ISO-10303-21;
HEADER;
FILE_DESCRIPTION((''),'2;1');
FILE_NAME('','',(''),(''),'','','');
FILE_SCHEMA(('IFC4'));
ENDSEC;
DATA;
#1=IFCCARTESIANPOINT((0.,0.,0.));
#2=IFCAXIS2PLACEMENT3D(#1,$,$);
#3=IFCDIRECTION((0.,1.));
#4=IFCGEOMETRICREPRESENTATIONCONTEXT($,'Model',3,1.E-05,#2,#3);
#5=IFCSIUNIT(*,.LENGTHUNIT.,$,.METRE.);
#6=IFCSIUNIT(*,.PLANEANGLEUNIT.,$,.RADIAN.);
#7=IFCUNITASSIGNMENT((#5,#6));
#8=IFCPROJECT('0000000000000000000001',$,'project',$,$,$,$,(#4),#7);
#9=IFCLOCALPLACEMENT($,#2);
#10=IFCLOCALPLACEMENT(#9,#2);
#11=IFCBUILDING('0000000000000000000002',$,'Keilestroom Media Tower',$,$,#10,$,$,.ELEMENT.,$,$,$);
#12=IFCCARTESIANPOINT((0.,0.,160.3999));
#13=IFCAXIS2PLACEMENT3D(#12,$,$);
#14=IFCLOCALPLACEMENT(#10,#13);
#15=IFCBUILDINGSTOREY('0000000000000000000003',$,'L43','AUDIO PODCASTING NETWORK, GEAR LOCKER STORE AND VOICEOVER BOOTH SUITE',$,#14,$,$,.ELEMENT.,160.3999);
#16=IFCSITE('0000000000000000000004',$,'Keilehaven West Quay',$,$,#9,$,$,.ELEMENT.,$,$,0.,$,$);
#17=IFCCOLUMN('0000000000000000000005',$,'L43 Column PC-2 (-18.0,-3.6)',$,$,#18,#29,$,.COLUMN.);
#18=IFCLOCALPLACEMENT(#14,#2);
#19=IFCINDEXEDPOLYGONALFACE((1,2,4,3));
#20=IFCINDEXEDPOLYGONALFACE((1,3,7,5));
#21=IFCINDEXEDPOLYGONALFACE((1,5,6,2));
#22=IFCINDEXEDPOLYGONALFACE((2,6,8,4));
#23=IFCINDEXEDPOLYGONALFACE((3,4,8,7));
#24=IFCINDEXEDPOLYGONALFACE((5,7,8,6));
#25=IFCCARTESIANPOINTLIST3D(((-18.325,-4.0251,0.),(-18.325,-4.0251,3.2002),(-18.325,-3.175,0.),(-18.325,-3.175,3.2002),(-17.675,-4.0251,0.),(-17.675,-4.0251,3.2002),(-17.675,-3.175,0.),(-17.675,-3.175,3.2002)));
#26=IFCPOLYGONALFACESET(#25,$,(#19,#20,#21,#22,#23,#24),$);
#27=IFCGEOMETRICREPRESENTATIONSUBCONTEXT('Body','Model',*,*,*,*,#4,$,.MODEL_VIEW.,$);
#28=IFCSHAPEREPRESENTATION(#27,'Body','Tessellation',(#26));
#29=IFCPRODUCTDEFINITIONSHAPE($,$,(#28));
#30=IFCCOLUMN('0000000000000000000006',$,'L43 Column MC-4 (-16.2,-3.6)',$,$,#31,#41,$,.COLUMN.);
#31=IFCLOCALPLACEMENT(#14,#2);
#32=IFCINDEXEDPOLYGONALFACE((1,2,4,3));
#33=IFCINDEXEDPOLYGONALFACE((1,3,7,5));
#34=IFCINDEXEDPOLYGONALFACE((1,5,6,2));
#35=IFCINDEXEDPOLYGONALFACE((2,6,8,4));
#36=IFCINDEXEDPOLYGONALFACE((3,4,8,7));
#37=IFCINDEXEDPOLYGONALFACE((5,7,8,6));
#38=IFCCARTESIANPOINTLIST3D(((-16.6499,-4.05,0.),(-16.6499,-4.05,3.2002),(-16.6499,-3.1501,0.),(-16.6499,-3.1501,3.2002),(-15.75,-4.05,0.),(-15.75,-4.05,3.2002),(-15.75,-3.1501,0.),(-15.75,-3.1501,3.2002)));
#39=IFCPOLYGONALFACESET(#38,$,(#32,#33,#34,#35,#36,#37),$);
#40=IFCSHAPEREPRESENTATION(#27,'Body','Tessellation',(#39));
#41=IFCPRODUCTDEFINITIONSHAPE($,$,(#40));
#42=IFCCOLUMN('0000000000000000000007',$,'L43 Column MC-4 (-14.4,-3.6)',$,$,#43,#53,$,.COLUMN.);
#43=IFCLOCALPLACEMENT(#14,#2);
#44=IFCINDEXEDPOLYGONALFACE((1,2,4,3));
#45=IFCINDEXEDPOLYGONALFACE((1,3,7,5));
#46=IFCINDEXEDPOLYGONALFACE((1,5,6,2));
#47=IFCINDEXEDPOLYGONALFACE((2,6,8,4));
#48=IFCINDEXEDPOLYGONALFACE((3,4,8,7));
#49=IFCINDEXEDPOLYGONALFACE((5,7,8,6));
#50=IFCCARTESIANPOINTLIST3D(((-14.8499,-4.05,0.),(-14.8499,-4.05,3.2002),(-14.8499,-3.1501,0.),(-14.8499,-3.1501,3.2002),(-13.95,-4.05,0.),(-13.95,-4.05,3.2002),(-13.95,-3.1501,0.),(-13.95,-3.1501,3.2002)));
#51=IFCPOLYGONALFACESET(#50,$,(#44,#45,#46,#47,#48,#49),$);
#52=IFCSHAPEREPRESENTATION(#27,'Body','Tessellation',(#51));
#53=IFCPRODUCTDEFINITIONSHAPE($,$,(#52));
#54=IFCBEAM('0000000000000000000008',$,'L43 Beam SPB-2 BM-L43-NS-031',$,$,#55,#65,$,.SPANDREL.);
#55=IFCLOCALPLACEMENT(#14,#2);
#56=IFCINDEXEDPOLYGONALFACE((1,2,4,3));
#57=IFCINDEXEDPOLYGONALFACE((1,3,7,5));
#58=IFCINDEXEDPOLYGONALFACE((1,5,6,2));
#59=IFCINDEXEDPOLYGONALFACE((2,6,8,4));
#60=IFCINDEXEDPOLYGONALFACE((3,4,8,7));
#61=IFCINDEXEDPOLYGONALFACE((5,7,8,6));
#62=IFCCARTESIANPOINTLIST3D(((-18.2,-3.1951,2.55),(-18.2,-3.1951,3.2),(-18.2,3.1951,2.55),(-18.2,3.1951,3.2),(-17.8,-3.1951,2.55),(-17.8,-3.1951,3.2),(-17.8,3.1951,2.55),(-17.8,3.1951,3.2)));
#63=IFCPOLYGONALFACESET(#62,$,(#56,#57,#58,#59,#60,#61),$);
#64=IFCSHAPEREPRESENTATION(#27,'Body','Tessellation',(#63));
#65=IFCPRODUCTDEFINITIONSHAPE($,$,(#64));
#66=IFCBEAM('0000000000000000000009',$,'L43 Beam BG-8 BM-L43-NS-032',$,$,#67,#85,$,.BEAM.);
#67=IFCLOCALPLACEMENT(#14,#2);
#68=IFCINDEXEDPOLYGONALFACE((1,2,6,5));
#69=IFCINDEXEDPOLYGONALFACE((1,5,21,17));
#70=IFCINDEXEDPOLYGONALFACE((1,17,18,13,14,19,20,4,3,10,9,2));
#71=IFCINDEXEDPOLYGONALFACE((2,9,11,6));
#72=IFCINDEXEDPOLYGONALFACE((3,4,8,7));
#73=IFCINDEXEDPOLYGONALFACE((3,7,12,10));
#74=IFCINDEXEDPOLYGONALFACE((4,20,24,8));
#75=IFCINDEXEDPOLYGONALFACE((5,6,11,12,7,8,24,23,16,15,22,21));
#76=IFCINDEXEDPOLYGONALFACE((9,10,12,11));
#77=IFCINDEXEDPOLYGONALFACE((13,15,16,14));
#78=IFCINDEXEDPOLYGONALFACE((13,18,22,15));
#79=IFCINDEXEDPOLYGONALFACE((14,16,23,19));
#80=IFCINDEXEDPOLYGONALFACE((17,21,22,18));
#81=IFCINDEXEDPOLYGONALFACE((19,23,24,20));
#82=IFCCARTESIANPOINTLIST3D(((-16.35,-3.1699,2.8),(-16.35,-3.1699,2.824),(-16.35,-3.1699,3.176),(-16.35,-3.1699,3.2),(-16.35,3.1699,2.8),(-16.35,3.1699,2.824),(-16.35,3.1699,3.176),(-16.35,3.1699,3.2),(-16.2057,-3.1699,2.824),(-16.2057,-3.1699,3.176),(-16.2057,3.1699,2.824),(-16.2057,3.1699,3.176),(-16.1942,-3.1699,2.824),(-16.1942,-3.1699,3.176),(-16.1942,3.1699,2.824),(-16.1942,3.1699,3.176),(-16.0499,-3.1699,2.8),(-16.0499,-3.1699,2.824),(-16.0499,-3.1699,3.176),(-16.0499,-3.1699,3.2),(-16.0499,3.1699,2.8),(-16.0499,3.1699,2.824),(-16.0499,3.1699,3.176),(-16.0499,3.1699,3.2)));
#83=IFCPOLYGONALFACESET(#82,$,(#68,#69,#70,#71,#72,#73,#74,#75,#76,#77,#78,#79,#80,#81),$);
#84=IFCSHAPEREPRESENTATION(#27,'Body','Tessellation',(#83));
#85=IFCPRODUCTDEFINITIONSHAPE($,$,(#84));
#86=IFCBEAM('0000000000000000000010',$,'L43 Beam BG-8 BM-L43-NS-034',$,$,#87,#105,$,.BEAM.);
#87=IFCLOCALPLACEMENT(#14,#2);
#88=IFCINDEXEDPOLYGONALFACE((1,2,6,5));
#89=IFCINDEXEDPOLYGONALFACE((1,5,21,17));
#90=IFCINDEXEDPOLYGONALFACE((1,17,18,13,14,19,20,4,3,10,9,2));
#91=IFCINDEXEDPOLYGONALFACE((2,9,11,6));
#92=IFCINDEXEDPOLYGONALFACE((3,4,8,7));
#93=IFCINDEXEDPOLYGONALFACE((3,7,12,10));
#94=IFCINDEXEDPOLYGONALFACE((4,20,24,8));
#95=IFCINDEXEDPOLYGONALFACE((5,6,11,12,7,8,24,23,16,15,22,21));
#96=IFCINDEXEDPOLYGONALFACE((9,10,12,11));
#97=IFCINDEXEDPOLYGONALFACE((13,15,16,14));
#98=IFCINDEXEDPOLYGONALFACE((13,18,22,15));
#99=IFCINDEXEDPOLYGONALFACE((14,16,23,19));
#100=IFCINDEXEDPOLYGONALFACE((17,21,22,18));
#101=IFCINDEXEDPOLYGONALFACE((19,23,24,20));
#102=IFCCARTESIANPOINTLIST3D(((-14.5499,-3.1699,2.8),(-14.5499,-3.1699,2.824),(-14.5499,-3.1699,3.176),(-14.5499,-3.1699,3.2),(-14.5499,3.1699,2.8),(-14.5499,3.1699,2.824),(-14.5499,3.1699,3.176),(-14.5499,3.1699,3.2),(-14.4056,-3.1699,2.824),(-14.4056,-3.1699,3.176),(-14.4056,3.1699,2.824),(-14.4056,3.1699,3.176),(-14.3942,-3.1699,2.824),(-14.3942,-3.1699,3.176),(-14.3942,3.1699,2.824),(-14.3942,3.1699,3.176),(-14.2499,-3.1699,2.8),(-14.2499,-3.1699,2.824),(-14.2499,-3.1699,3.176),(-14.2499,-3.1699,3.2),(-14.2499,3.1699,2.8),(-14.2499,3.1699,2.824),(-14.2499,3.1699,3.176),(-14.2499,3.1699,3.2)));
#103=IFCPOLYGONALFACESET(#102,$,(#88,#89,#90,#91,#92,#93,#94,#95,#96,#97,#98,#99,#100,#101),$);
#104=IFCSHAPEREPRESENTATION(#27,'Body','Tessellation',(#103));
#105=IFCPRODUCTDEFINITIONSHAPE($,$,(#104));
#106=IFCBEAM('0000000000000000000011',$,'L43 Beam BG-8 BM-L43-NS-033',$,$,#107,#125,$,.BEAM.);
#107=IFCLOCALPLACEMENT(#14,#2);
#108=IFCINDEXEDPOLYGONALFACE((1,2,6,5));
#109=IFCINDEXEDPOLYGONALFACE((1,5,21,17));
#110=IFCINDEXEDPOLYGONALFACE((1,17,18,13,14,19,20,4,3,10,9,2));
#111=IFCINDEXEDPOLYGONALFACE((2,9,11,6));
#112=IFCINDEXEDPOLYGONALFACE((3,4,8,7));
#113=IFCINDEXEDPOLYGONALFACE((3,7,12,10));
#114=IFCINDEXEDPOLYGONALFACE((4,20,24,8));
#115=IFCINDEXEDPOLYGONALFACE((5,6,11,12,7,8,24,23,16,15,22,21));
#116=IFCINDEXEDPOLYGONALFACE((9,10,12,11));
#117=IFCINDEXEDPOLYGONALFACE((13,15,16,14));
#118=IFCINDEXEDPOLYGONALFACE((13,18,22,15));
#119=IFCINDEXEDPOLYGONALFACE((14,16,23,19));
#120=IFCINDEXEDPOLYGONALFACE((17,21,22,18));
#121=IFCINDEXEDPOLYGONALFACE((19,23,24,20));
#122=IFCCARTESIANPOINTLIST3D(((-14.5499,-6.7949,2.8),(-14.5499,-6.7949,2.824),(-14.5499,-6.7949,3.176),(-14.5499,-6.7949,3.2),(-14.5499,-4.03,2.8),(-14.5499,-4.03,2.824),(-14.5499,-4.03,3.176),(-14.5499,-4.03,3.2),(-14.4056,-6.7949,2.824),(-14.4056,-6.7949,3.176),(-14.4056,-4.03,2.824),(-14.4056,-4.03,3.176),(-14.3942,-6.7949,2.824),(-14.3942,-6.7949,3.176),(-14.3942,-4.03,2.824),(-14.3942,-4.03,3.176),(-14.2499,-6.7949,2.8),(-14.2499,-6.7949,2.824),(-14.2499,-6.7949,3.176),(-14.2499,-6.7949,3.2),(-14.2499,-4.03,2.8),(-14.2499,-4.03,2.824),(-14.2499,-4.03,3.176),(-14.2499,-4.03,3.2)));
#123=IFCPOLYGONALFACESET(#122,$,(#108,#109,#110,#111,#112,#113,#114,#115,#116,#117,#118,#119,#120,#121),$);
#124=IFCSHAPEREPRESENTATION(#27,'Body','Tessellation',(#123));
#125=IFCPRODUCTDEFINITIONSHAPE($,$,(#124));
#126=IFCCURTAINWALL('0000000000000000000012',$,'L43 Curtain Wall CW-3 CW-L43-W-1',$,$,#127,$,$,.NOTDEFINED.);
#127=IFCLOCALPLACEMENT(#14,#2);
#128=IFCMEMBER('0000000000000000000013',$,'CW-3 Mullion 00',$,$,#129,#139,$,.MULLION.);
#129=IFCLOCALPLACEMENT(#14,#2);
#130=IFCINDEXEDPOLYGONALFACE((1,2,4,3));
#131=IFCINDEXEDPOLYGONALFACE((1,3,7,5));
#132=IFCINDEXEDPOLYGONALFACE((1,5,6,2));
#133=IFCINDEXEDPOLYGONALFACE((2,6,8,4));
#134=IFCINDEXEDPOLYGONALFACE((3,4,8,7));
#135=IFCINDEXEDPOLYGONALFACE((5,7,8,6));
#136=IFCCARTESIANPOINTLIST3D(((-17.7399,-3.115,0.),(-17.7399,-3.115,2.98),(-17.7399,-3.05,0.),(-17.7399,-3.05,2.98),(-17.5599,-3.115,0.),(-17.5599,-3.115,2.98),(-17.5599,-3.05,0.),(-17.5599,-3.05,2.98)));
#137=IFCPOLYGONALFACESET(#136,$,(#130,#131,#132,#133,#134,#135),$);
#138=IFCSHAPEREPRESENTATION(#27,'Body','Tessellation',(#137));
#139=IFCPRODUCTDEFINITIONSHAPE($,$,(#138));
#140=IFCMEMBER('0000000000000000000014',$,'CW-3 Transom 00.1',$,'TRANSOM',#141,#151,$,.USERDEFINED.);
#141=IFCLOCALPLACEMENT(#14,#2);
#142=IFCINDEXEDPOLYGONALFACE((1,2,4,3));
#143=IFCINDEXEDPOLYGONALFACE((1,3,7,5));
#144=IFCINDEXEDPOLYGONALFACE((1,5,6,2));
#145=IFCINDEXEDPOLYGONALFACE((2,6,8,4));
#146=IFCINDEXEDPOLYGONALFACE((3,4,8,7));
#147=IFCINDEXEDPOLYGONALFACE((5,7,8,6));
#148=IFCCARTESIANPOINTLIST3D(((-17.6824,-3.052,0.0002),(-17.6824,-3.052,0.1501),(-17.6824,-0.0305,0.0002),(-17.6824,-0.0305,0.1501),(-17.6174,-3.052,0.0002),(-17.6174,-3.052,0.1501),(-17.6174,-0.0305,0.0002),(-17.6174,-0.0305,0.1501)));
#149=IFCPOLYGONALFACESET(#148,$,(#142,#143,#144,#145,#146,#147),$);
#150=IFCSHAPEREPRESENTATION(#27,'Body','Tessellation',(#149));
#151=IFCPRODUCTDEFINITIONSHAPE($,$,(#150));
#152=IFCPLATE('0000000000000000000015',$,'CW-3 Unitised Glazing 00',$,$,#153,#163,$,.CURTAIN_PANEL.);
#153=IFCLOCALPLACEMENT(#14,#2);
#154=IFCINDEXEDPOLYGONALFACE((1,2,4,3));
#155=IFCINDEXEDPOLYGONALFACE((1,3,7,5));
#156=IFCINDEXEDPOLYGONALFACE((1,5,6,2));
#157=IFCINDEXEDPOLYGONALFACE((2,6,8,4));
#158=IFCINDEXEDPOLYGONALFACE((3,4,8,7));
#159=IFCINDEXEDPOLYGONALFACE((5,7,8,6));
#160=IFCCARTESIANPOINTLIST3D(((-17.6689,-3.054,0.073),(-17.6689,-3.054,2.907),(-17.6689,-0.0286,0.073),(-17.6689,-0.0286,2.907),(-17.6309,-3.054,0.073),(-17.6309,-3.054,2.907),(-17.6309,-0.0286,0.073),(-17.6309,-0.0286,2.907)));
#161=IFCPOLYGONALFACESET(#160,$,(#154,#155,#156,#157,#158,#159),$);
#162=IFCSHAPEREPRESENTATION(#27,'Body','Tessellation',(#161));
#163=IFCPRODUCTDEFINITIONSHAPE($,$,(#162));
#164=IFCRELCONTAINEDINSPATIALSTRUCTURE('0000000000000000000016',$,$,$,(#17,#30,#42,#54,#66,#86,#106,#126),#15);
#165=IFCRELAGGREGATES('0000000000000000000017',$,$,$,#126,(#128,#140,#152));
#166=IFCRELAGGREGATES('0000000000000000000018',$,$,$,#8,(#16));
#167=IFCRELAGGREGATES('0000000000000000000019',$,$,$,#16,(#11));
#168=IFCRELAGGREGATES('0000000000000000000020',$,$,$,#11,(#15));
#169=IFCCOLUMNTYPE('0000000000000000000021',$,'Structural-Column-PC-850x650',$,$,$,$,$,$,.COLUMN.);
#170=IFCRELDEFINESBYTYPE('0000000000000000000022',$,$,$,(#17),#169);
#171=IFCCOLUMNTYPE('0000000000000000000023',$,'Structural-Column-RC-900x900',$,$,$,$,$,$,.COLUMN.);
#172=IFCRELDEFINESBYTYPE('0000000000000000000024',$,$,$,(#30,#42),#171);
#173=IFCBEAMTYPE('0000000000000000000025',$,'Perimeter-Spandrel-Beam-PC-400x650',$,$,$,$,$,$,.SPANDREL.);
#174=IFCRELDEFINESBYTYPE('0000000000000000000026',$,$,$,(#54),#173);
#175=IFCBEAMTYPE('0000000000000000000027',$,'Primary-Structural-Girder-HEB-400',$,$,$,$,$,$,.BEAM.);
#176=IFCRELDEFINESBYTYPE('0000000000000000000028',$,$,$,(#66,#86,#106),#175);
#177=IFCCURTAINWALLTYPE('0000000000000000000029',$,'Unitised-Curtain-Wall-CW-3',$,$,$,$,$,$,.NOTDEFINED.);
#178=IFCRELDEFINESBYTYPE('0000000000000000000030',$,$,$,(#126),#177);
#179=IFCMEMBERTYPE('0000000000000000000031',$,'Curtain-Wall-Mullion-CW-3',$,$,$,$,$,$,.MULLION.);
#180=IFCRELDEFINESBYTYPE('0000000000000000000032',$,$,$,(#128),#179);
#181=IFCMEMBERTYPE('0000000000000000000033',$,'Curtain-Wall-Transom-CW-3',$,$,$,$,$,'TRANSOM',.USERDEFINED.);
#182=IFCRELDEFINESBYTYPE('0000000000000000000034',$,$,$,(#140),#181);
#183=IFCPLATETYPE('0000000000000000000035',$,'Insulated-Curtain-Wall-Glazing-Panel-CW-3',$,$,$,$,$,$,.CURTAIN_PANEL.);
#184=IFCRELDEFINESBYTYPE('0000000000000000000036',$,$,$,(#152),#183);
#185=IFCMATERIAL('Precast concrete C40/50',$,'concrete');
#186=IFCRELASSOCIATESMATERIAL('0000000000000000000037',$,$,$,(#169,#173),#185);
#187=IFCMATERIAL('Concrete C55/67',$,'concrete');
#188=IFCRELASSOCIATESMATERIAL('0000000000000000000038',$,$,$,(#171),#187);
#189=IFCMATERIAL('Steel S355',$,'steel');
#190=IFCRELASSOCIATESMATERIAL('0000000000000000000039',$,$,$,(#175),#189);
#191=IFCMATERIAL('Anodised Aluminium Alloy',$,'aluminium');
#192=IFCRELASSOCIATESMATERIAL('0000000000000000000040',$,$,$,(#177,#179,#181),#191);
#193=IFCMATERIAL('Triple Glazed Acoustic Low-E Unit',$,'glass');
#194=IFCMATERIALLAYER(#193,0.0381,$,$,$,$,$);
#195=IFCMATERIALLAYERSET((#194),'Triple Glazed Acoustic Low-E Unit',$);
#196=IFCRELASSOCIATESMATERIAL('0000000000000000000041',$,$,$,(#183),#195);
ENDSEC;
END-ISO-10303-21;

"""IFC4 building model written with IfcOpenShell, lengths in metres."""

from ifc_helpers import new_model, si_unit, direction, frame, origin, origin_2d, place, context, subcontext, project, spatial, rectangle, i_section, extrude, source, transform, mapped, material, layer, layer_set, material_profile, profile_set, type_object, element, aggregate, save


model = new_model("IFC4")

# Units and contexts
model_context = context("Model", 3, precision=1e-05, world=origin(), true_north=direction((0.0, 1.0)))
body_context = subcontext(model_context, "Body", "Model", "MODEL_VIEW")
ifc_project = project(units=[si_unit("LENGTHUNIT", "METRE"), si_unit("PLANEANGLEUNIT", "RADIAN")], contexts=[model_context])

# Site, building, storey
site_placement = place(None, origin())
site = spatial("IfcSite", under=ifc_project, at=site_placement, Name="Keilehaven West Quay", CompositionType="ELEMENT", RefElevation=0.0)
building_placement = place(site_placement, origin())
building = spatial("IfcBuilding", under=site, at=building_placement, Name="Keilestroom Media Tower", CompositionType="ELEMENT")
storey_placement = place(building_placement, frame((0.0, 0.0, 160.3999)))
storey = spatial("IfcBuildingStorey", under=building, at=storey_placement, Name="L43", Description="AUDIO PODCASTING NETWORK, GEAR LOCKER STORE AND VOICEOVER BOOTH SUITE", CompositionType="ELEMENT", Elevation=160.3999)

# Columns
ifc_material_1 = material(Name="Precast concrete C40/50", Category="concrete")
ifc_material_profile_1 = material_profile(ifc_material_1, rectangle(XDim=0.6499, YDim=0.8501, at=origin_2d()), Name="PC 850x650")
ifc_profile_set_1 = profile_set([ifc_material_profile_1], Name="Precast concrete C40/50")
column_type_1 = type_object("IfcColumnType", Name="Structural-Column-PC-850x650", PredefinedType="COLUMN", material=ifc_profile_set_1)
shared_shape_1 = source(origin(), body_context, "Body", "SweptSolid", [
    extrude(rectangle(XDim=0.6499, YDim=0.8501, at=origin_2d()), origin(), (0.0, 0.0, 1.0), 3.2002),
])
column_placement = place(storey_placement, frame((-18.0, -3.6001, 0.0), z_axis=(0.0, 0.0, 1.0), x_axis=(1.0, 0.0, 0.0)))
element("IfcColumn", 1, at=column_placement, inside=storey, type_object=column_type_1, Name="L43 Column PC-2 (-18.0,-3.6)", PredefinedType="COLUMN", context=body_context, shape_type="MappedRepresentation", body=[
    mapped(shared_shape_1, transform((0.0, 0.0, 0.0), x_axis=(1.0, 0.0, 0.0), y_axis=(0.0, 1.0, 0.0), z_axis=(0.0, 0.0, 1.0), scale=1.0)),
])
ifc_material_2 = material(Name="Concrete C55/67", Category="concrete")
ifc_material_profile_2 = material_profile(ifc_material_2, rectangle(XDim=0.8999, YDim=0.8999, at=origin_2d()), Name="RC 900x900")
ifc_profile_set_2 = profile_set([ifc_material_profile_2], Name="Concrete C55/67")
column_type_2 = type_object("IfcColumnType", Name="Structural-Column-RC-900x900", PredefinedType="COLUMN", material=ifc_profile_set_2)
shared_shape_2 = source(origin(), body_context, "Body", "SweptSolid", [
    extrude(rectangle(XDim=0.8999, YDim=0.8999, at=origin_2d()), origin(), (0.0, 0.0, 1.0), 3.2002),
])
for number, where, z_axis, x_axis, name in (
    (2, (-16.2, -3.6001, 0.0), (0.0, 0.0, 1.0), (1.0, 0.0, 0.0), "L43 Column MC-4 (-16.2,-3.6)"),
    (3, (-14.3999, -3.6001, 0.0), (0.0, 0.0, 1.0), (1.0, 0.0, 0.0), "L43 Column MC-4 (-14.4,-3.6)"),
):
    element("IfcColumn", number, at=place(storey_placement, frame(where, z_axis=z_axis, x_axis=x_axis)), inside=storey, type_object=column_type_2, Name=name, PredefinedType="COLUMN", context=body_context, shape_type="MappedRepresentation", body=[
        mapped(shared_shape_2, transform((0.0, 0.0, 0.0), x_axis=(1.0, 0.0, 0.0), y_axis=(0.0, 1.0, 0.0), z_axis=(0.0, 0.0, 1.0), scale=1.0)),
    ])

# Beams
ifc_material_profile_3 = material_profile(ifc_material_1, rectangle(XDim=0.3999, YDim=0.6499, at=origin_2d()), Name="PC 400x650")
ifc_profile_set_3 = profile_set([ifc_material_profile_3], Name="Precast concrete C40/50")
beam_type_1 = type_object("IfcBeamType", Name="Perimeter-Spandrel-Beam-PC-400x650", PredefinedType="SPANDREL", material=ifc_profile_set_3)
shared_shape_3 = source(origin(), body_context, "Body", "SweptSolid", [
    extrude(rectangle(XDim=0.3999, YDim=0.6499, at=origin_2d()), origin(), (0.0, 0.0, 1.0), 6.3901),
])
beam_1_placement = place(storey_placement, frame((-18.0, -3.1951, 2.875), z_axis=(0.0, 1.0, 0.0), x_axis=(-1.0, 0.0, 0.0)))
element("IfcBeam", 4, at=beam_1_placement, inside=storey, type_object=beam_type_1, Name="L43 Beam SPB-2 BM-L43-NS-031", PredefinedType="SPANDREL", context=body_context, shape_type="MappedRepresentation", body=[
    mapped(shared_shape_3, transform((0.0, 0.0, 0.0), x_axis=(1.0, 0.0, 0.0), y_axis=(0.0, 1.0, 0.0), z_axis=(0.0, 0.0, 1.0), scale=1.0)),
])
ifc_material_3 = material(Name="Steel S355", Category="steel")
ifc_material_profile_4 = material_profile(ifc_material_3, i_section(OverallWidth=0.3, OverallDepth=0.3999, WebThickness=0.0115, FlangeThickness=0.0239, at=origin_2d()), Name="HEB 400")
ifc_profile_set_4 = profile_set([ifc_material_profile_4], Name="Steel S355")
beam_type_2 = type_object("IfcBeamType", Name="Primary-Structural-Girder-HEB-400", PredefinedType="BEAM", material=ifc_profile_set_4)
shared_shape_4 = source(origin(), body_context, "Body", "SweptSolid", [
    extrude(i_section(OverallWidth=0.3, OverallDepth=0.3999, WebThickness=0.0115, FlangeThickness=0.0239, at=origin_2d()), origin(), (0.0, 0.0, 1.0), 6.3398),
])
for number, where, z_axis, x_axis, name in (
    (5, (-16.2, -3.1699, 3.0), (0.0, 1.0, 0.0), (-1.0, 0.0, 0.0), "L43 Beam BG-8 BM-L43-NS-032"),
    (6, (-14.3999, -3.1699, 3.0), (0.0, 1.0, 0.0), (-1.0, 0.0, 0.0), "L43 Beam BG-8 BM-L43-NS-034"),
):
    element("IfcBeam", number, at=place(storey_placement, frame(where, z_axis=z_axis, x_axis=x_axis)), inside=storey, type_object=beam_type_2, Name=name, PredefinedType="BEAM", context=body_context, shape_type="MappedRepresentation", body=[
        mapped(shared_shape_4, transform((0.0, 0.0, 0.0), x_axis=(1.0, 0.0, 0.0), y_axis=(0.0, 1.0, 0.0), z_axis=(0.0, 0.0, 1.0), scale=1.0)),
    ])
shared_shape_5 = source(origin(), body_context, "Body", "SweptSolid", [
    extrude(i_section(OverallWidth=0.3, OverallDepth=0.3999, WebThickness=0.0115, FlangeThickness=0.0239, at=origin_2d()), origin(), (0.0, 0.0, 1.0), 2.7649),
])
beam_2_placement = place(storey_placement, frame((-14.3999, -6.7949, 3.0), z_axis=(0.0, 1.0, 0.0), x_axis=(-1.0, 0.0, 0.0)))
element("IfcBeam", 7, at=beam_2_placement, inside=storey, type_object=beam_type_2, Name="L43 Beam BG-8 BM-L43-NS-033", PredefinedType="BEAM", context=body_context, shape_type="MappedRepresentation", body=[
    mapped(shared_shape_5, transform((0.0, 0.0, 0.0), x_axis=(1.0, 0.0, 0.0), y_axis=(0.0, 1.0, 0.0), z_axis=(0.0, 0.0, 1.0), scale=1.0)),
])

# Curtain wall, members, plate
ifc_material_4 = material(Name="Anodised Aluminium Alloy", Category="aluminium")
curtain_wall_type = type_object("IfcCurtainWallType", Name="Unitised-Curtain-Wall-CW-3", PredefinedType="NOTDEFINED", material=ifc_material_4)
curtain_wall_placement = place(storey_placement, origin())
curtain_wall = element("IfcCurtainWall", 8, at=curtain_wall_placement, inside=storey, type_object=curtain_wall_type, Name="L43 Curtain Wall CW-3 CW-L43-W-1", PredefinedType="NOTDEFINED")
ifc_material_profile_5 = material_profile(ifc_material_4, rectangle(XDim=0.0649, YDim=0.1799, at=origin_2d()), Name="ALU MULLION 65x180")
ifc_profile_set_5 = profile_set([ifc_material_profile_5], Name="Anodised Aluminium Alloy")
member_type_1 = type_object("IfcMemberType", Name="Curtain-Wall-Mullion-CW-3", PredefinedType="MULLION", material=ifc_profile_set_5)
shared_shape_6 = source(origin(), body_context, "Body", "SweptSolid", [
    extrude(rectangle(XDim=0.0649, YDim=0.1799, at=origin_2d()), origin(), (0.0, 0.0, 1.0), 2.98),
])
member_1_placement = place(storey_placement, frame((-17.6499, -3.0825, 0.0), z_axis=(0.0, 0.0, 1.0), x_axis=(0.0, 1.0, 0.0)))
member_1 = element("IfcMember", 9, at=member_1_placement, type_object=member_type_1, Name="CW-3 Mullion 00", PredefinedType="MULLION", context=body_context, shape_type="MappedRepresentation", body=[
    mapped(shared_shape_6, transform((0.0, 0.0, 0.0), x_axis=(1.0, 0.0, 0.0), y_axis=(0.0, 1.0, 0.0), z_axis=(0.0, 0.0, 1.0), scale=1.0)),
])
ifc_material_profile_6 = material_profile(ifc_material_4, rectangle(XDim=0.0649, YDim=0.1499, at=origin_2d()), Name="ALU TRANSOM 65x150")
ifc_profile_set_6 = profile_set([ifc_material_profile_6], Name="Anodised Aluminium Alloy")
member_type_2 = type_object("IfcMemberType", Name="Curtain-Wall-Transom-CW-3", ElementType="TRANSOM", PredefinedType="USERDEFINED", material=ifc_profile_set_6)
shared_shape_7 = source(origin(), body_context, "Body", "SweptSolid", [
    extrude(rectangle(XDim=0.0649, YDim=0.1499, at=origin_2d()), origin(), (0.0, 0.0, 1.0), 3.0215),
])
member_2_placement = place(storey_placement, frame((-17.6499, -3.052, 0.0752), z_axis=(0.0, 1.0, 0.0), x_axis=(-1.0, 0.0, 0.0)))
member_2 = element("IfcMember", 10, at=member_2_placement, type_object=member_type_2, Name="CW-3 Transom 00.1", ObjectType="TRANSOM", PredefinedType="USERDEFINED", context=body_context, shape_type="MappedRepresentation", body=[
    mapped(shared_shape_7, transform((0.0, 0.0, 0.0), x_axis=(1.0, 0.0, 0.0), y_axis=(0.0, 1.0, 0.0), z_axis=(0.0, 0.0, 1.0), scale=1.0)),
])
ifc_material_5 = material(Name="Triple Glazed Acoustic Low-E Unit", Category="glass")
ifc_layer_1 = layer(ifc_material_5, 0.0381)
ifc_layer_set_1 = layer_set([ifc_layer_1], Name="Triple Glazed Acoustic Low-E Unit")
plate_type = type_object("IfcPlateType", Name="Insulated-Curtain-Wall-Glazing-Panel-CW-3", PredefinedType="CURTAIN_PANEL", material=ifc_layer_set_1)
shared_shape_8 = source(origin(), body_context, "Body", "SweptSolid", [
    extrude(rectangle(XDim=3.0254, YDim=0.0381, at=origin_2d()), origin(), (0.0, 0.0, 1.0), 2.834),
])
plate_placement = place(storey_placement, frame((-17.6499, -1.5413, 0.073), z_axis=(0.0, 0.0, 1.0), x_axis=(0.0, 1.0, 0.0)))
plate = element("IfcPlate", 11, at=plate_placement, type_object=plate_type, Name="CW-3 Unitised Glazing 00", PredefinedType="CURTAIN_PANEL", context=body_context, shape_type="MappedRepresentation", body=[
    mapped(shared_shape_8, transform((0.0, 0.0, 0.0), x_axis=(1.0, 0.0, 0.0), y_axis=(0.0, 1.0, 0.0), z_axis=(0.0, 0.0, 1.0), scale=1.0)),
])
aggregate(curtain_wall, [member_1, member_2, plate])

save(model, "model.ifc")
